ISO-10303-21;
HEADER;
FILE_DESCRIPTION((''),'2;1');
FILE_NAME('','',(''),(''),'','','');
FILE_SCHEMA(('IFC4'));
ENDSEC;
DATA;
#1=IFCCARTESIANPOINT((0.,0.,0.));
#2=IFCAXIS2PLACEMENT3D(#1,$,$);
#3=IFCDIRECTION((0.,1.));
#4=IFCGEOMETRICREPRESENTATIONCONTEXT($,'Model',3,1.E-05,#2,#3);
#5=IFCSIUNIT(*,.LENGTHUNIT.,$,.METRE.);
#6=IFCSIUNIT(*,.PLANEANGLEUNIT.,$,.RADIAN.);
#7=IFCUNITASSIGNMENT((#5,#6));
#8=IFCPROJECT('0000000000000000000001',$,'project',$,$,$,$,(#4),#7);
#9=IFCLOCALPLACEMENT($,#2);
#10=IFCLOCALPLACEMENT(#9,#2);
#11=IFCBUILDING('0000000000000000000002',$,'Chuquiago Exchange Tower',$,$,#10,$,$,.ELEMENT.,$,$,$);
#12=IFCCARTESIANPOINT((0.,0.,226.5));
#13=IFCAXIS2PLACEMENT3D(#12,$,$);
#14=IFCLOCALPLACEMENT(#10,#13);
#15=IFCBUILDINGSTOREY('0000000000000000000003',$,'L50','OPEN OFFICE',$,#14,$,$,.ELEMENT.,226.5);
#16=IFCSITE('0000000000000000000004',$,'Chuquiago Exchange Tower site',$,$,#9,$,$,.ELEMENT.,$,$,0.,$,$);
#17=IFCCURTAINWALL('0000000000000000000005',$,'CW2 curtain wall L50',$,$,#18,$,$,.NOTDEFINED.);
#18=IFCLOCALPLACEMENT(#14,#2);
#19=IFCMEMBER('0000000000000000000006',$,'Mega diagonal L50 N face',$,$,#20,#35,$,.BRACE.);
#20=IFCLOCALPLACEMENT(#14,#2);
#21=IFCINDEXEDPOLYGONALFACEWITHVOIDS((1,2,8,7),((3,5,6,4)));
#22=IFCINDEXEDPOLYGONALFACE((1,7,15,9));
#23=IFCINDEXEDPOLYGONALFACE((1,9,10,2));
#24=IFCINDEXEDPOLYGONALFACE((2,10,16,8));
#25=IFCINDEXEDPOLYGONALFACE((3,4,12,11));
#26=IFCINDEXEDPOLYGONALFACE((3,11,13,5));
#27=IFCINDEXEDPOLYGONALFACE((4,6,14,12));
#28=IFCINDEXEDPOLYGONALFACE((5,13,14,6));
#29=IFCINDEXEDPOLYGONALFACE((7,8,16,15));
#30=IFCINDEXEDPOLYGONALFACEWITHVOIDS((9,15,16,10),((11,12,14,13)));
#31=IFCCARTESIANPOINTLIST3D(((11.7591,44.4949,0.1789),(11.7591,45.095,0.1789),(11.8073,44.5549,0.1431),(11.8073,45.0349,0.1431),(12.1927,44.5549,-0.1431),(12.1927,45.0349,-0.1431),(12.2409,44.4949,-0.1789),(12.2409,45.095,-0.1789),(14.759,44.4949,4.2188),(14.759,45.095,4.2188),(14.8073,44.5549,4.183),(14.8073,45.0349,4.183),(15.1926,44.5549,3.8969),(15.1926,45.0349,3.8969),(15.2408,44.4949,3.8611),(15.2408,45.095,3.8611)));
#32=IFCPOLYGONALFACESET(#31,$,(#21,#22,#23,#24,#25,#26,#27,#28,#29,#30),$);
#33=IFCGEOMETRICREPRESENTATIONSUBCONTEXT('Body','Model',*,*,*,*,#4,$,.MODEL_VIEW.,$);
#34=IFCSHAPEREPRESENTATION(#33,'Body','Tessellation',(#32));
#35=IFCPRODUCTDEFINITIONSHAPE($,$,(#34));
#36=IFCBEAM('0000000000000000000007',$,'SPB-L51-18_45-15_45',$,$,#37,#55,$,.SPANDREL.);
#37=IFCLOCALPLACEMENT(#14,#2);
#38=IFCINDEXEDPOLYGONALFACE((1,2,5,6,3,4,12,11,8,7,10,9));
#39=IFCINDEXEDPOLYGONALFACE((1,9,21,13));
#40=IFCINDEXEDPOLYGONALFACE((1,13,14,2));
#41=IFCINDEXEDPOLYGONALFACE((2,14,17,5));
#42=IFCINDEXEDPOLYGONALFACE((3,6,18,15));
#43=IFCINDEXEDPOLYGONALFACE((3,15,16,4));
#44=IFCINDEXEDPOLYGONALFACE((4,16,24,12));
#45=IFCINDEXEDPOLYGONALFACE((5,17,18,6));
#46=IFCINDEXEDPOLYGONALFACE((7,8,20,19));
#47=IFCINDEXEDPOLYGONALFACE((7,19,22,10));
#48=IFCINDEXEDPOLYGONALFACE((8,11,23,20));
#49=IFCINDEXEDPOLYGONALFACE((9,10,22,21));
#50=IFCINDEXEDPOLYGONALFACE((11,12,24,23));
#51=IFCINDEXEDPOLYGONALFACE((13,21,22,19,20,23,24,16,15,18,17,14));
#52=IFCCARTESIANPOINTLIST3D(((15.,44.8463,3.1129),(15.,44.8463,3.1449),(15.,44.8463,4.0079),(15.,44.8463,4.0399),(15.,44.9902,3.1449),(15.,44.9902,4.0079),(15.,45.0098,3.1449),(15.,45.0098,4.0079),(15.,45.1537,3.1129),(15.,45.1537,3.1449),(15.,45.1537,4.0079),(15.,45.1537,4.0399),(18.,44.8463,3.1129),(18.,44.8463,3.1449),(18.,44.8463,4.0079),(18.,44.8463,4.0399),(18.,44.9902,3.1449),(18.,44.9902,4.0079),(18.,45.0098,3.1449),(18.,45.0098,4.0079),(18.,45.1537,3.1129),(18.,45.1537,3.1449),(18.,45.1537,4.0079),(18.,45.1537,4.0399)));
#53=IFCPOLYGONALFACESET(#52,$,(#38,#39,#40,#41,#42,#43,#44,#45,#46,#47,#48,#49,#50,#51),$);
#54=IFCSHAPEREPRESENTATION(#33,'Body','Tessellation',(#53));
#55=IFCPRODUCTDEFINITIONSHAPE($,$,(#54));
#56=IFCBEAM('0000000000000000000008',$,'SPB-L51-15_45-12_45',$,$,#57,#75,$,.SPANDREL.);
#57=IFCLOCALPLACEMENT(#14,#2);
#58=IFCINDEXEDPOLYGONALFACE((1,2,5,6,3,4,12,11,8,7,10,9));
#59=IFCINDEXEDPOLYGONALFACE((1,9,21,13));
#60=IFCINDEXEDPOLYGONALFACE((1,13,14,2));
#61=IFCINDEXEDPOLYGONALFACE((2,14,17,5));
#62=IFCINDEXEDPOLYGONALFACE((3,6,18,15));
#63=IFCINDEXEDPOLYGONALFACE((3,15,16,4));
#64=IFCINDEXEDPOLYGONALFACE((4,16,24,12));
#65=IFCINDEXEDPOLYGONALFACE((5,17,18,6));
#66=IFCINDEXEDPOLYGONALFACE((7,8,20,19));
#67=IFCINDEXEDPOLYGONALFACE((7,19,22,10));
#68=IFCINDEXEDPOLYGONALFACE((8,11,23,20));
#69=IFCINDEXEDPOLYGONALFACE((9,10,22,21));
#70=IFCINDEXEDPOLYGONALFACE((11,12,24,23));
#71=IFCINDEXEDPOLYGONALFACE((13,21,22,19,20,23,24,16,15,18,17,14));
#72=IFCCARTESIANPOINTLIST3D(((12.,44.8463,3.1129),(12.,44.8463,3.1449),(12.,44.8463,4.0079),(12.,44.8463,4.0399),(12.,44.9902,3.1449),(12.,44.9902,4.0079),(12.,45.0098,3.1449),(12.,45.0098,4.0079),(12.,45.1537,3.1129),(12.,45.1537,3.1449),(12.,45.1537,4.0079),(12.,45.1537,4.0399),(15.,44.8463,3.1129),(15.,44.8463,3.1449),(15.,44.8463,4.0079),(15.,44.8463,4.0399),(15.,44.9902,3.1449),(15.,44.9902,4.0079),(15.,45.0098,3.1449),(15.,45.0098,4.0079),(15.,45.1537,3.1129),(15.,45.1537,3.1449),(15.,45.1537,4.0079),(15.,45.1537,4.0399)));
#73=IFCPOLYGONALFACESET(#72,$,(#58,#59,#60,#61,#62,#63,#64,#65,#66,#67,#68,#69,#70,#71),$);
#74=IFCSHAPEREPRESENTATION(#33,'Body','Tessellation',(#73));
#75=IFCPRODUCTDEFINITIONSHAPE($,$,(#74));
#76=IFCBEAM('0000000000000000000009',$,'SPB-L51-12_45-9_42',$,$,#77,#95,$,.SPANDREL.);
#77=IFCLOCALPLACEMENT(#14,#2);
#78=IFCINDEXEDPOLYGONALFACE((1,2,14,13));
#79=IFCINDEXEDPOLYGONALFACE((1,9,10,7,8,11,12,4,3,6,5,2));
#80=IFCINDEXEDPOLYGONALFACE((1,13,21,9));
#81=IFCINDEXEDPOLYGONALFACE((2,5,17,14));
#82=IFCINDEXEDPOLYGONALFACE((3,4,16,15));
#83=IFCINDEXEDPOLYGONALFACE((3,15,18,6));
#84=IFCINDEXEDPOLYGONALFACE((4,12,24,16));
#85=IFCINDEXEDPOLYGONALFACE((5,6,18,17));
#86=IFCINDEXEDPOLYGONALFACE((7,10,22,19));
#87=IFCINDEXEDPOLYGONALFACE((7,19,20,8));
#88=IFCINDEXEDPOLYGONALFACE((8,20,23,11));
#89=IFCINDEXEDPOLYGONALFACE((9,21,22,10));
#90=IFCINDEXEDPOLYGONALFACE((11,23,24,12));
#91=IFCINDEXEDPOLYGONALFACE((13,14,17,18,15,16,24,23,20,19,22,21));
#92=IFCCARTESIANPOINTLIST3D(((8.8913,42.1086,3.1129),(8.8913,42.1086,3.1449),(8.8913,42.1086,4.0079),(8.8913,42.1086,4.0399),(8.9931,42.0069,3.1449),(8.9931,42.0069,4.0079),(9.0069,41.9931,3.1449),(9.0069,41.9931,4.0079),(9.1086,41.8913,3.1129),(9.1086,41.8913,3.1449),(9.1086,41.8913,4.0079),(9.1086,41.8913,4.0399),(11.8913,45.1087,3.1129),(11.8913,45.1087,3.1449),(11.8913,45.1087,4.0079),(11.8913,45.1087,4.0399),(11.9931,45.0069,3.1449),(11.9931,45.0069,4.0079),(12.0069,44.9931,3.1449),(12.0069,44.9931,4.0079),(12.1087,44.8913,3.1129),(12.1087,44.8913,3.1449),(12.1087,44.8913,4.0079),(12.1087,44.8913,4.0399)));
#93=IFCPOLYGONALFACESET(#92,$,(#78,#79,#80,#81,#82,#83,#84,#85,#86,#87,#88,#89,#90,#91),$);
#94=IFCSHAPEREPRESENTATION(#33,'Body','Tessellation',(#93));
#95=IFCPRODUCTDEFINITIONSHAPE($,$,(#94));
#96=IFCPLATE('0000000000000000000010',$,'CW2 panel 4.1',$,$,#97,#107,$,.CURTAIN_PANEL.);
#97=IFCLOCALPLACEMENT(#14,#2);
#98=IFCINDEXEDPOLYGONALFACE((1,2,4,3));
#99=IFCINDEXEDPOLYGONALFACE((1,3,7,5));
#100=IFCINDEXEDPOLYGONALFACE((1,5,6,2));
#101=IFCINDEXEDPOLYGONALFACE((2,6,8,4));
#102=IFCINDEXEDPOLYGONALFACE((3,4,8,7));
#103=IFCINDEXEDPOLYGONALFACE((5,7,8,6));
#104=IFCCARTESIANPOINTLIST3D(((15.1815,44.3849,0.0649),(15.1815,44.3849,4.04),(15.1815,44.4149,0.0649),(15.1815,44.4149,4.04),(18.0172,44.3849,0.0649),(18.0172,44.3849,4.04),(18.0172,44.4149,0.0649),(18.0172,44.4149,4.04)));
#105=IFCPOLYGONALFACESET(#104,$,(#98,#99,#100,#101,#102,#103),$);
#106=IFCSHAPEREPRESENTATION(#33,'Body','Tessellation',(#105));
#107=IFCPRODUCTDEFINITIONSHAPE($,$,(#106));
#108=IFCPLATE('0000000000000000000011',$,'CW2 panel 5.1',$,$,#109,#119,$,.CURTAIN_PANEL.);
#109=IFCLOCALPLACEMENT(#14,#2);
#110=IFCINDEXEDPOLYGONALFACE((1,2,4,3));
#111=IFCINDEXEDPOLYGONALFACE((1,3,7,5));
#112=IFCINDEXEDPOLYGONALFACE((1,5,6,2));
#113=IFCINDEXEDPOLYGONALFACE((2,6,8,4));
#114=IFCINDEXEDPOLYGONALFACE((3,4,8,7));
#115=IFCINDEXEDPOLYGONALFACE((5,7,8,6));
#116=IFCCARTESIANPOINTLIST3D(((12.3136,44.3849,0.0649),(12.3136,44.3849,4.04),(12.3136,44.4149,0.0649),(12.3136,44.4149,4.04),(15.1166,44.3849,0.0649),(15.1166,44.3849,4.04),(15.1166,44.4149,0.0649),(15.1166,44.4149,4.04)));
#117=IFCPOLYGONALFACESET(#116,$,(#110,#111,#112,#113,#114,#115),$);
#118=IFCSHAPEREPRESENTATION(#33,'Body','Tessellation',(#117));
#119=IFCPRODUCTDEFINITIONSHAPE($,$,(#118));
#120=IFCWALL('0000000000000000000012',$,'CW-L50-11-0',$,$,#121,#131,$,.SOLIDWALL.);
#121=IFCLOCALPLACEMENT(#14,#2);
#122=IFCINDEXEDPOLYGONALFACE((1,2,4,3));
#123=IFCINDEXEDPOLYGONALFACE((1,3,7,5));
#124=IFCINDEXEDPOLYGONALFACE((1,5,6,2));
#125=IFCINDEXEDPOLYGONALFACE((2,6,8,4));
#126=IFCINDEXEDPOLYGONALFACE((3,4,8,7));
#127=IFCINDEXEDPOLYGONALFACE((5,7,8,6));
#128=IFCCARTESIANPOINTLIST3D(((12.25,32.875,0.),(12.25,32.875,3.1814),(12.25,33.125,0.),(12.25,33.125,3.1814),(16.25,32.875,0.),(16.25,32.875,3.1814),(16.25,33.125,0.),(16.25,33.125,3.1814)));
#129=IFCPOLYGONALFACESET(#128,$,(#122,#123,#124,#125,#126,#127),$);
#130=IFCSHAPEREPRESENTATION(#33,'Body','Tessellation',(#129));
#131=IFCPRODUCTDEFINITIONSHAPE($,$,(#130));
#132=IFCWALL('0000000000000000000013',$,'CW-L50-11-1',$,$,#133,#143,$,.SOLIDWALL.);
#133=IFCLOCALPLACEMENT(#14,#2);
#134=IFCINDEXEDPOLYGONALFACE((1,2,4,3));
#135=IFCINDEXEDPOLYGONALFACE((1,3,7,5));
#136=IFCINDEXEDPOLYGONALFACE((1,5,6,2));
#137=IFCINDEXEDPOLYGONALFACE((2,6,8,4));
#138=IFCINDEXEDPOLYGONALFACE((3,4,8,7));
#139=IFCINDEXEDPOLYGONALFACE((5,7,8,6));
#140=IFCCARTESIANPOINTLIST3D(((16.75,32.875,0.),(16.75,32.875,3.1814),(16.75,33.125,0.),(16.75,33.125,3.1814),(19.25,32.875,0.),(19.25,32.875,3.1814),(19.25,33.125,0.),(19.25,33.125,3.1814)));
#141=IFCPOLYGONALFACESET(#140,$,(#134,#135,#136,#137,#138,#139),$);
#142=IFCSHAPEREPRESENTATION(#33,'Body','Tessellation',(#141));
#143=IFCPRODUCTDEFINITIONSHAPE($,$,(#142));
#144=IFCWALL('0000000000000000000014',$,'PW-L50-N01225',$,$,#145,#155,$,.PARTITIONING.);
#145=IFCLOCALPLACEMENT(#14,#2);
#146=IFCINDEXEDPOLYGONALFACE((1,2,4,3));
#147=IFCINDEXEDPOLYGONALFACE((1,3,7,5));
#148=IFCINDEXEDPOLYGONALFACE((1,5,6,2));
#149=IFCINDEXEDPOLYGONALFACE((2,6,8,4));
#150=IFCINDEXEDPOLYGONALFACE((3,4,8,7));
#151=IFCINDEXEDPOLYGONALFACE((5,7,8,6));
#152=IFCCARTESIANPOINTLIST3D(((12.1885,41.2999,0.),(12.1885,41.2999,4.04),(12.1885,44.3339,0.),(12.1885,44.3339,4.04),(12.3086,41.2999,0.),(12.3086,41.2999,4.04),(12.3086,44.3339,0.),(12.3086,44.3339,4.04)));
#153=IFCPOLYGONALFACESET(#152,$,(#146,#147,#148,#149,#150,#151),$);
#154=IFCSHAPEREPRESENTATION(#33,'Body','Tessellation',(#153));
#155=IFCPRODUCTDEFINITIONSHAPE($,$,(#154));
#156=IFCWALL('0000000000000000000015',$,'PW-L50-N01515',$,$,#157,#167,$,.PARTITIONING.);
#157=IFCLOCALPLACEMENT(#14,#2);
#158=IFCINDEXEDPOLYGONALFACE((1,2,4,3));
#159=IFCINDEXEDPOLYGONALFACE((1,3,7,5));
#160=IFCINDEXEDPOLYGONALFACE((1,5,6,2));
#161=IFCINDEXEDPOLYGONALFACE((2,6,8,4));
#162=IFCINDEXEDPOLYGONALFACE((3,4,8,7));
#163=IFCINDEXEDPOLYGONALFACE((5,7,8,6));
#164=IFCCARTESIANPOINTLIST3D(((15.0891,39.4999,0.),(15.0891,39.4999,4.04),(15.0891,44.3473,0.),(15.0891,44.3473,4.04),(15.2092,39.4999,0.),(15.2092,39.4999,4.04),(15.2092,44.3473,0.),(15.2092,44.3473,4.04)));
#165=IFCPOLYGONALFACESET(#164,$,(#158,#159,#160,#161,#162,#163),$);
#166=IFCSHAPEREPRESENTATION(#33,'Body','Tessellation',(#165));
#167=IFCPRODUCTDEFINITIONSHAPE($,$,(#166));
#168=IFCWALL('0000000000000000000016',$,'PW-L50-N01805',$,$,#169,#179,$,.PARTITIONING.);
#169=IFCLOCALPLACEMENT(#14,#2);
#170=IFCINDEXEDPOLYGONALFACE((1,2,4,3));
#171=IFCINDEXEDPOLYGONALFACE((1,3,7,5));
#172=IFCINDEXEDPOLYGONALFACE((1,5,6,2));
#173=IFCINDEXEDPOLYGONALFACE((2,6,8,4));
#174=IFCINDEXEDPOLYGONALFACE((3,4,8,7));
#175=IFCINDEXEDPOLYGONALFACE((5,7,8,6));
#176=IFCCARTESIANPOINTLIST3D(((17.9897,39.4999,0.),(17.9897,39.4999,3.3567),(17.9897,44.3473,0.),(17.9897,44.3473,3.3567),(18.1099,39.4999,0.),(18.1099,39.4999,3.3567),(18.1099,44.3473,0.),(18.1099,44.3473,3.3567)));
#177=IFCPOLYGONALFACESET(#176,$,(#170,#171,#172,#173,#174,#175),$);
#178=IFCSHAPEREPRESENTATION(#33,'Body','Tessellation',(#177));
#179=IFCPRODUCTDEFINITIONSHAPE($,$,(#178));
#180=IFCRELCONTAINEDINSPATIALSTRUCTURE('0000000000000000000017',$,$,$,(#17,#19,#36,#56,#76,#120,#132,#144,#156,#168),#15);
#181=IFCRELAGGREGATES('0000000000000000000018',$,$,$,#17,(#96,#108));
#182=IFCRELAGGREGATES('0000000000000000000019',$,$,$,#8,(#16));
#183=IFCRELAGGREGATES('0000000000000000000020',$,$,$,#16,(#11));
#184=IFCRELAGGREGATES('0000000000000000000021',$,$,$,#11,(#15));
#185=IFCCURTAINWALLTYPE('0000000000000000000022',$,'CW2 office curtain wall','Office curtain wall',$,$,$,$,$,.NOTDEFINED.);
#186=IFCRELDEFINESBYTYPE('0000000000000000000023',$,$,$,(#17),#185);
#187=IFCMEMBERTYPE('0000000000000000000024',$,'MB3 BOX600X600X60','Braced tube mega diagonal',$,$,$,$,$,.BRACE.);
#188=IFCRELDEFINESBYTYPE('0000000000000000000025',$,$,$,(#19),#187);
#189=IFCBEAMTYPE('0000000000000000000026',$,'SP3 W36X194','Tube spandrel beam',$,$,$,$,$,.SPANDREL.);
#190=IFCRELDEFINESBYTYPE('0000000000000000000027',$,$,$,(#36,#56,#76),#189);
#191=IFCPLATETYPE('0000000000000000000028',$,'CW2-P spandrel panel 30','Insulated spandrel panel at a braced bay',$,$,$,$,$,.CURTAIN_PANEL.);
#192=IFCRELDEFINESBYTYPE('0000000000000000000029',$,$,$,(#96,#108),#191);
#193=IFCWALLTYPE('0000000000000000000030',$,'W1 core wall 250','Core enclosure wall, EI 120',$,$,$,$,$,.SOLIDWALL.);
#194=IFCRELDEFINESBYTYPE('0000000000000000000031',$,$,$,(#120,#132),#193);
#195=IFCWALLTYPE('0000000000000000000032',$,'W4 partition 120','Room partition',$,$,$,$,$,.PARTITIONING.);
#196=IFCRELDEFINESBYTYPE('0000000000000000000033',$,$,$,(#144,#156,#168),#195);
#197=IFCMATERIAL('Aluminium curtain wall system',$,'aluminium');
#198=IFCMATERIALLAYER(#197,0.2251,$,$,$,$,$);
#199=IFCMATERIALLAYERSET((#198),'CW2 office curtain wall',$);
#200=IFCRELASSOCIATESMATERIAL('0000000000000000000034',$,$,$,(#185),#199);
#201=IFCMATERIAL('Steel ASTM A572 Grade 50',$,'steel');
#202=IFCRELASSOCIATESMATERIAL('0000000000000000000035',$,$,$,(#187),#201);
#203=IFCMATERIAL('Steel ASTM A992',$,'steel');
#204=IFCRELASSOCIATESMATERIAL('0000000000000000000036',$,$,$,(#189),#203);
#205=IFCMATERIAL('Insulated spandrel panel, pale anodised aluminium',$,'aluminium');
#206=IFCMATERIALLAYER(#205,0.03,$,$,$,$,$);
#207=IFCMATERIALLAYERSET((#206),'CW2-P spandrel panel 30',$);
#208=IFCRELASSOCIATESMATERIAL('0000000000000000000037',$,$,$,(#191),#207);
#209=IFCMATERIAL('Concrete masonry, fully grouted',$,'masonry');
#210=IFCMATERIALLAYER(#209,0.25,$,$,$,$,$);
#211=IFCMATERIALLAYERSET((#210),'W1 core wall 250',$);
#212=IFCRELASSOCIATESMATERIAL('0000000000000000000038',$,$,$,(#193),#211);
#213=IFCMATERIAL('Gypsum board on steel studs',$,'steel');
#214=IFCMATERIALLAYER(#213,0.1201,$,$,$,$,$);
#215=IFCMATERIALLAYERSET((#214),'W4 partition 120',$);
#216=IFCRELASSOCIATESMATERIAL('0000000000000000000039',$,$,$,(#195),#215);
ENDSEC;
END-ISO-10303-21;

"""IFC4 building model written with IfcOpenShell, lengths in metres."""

from ifc_helpers import new_model, si_unit, direction, frame, frame_2d, origin, origin_2d, place, context, subcontext, project, spatial, rectangle, hollow_rectangle, i_section, extrude, material, layer, layer_set, material_profile, profile_set, type_object, element, aggregate, save


model = new_model("IFC4")

# Units and contexts
model_context = context("Model", 3, precision=1e-05, world=origin(), true_north=direction((0.0, 1.0)))
body_context = subcontext(model_context, "Body", "Model", "MODEL_VIEW")
ifc_project = project(units=[si_unit("LENGTHUNIT", "METRE"), si_unit("PLANEANGLEUNIT", "RADIAN")], contexts=[model_context])

# Site, building, storey
site_placement = place(None, origin())
site = spatial("IfcSite", under=ifc_project, at=site_placement, Name="Chuquiago Exchange Tower site", CompositionType="ELEMENT", RefElevation=0.0)
building_placement = place(site_placement, origin())
building = spatial("IfcBuilding", under=site, at=building_placement, Name="Chuquiago Exchange Tower", CompositionType="ELEMENT")
storey_placement = place(building_placement, frame((0.0, 0.0, 226.5)))
storey = spatial("IfcBuildingStorey", under=building, at=storey_placement, Name="L50", Description="OPEN OFFICE", CompositionType="ELEMENT", Elevation=226.5)

# Curtain wall
ifc_material_1 = material(Name="Aluminium curtain wall system", Category="aluminium")
ifc_layer_1 = layer(ifc_material_1, 0.2251)
ifc_layer_set_1 = layer_set([ifc_layer_1], Name="CW2 office curtain wall")
curtain_wall_type_1 = type_object("IfcCurtainWallType", Name="CW2 office curtain wall", Description="Office curtain wall", PredefinedType="NOTDEFINED", material=ifc_layer_set_1)
curtain_wall_1_placement = place(storey_placement, origin())
curtain_wall_1 = element("IfcCurtainWall", 1, at=curtain_wall_1_placement, inside=storey, type_object=curtain_wall_type_1, Name="CW2 curtain wall L50", PredefinedType="NOTDEFINED")

# Member
ifc_material_2 = material(Name="Steel ASTM A572 Grade 50", Category="steel")
ifc_material_profile_1 = material_profile(ifc_material_2, hollow_rectangle(XDim=0.6001, YDim=0.6001, WallThickness=0.0601, at=origin_2d()), Name="BOX600X600X60")
ifc_profile_set_1 = profile_set([ifc_material_profile_1], Name="Steel ASTM A572 Grade 50")
member_type_1 = type_object("IfcMemberType", Name="MB3 BOX600X600X60", Description="Braced tube mega diagonal", PredefinedType="BRACE", material=ifc_profile_set_1)
for number, where, z_axis, x_axis, name in (
    (2, (12.0, 44.7949, 0.0), (0.596174, 0.0, 0.802855), (0.0, 1.0, 0.0), "Mega diagonal L50 N face"),
):
    element("IfcMember", number, at=place(storey_placement, frame(where, z_axis=z_axis, x_axis=x_axis)), inside=storey, type_object=member_type_1, Name=name, PredefinedType="BRACE", context=body_context, shape_type="SweptSolid", body=[
        extrude(hollow_rectangle(XDim=0.6001, YDim=0.6001, WallThickness=0.0601, at=origin_2d()), origin(), (0.0, 0.0, 1.0), 5.032),
    ])

# Beams
ifc_material_3 = material(Name="Steel ASTM A992", Category="steel")
ifc_material_profile_2 = material_profile(ifc_material_3, i_section(OverallWidth=0.3074, OverallDepth=0.927, WebThickness=0.0195, FlangeThickness=0.032, at=origin_2d()), Name="W36X194")
ifc_profile_set_2 = profile_set([ifc_material_profile_2], Name="Steel ASTM A992")
beam_type_1 = type_object("IfcBeamType", Name="SP3 W36X194", Description="Tube spandrel beam", PredefinedType="SPANDREL", material=ifc_profile_set_2)
for number, where, z_axis, x_axis, name in (
    (3, (18.0, 45.0, 3.5764), (-1.0, 0.0, 0.0), (0.0, -1.0, 0.0), "SPB-L51-18_45-15_45"),
    (4, (15.0, 45.0, 3.5764), (-1.0, 0.0, 0.0), (0.0, -1.0, 0.0), "SPB-L51-15_45-12_45"),
):
    element("IfcBeam", number, at=place(storey_placement, frame(where, z_axis=z_axis, x_axis=x_axis)), inside=storey, type_object=beam_type_1, Name=name, PredefinedType="SPANDREL", context=body_context, shape_type="SweptSolid", body=[
        extrude(i_section(OverallWidth=0.3074, OverallDepth=0.927, WebThickness=0.0195, FlangeThickness=0.032, at=origin_2d()), origin(), (0.0, 0.0, 1.0), 3.0),
    ])
beam_1_placement = place(storey_placement, frame((12.0, 45.0, 3.5764), z_axis=(-0.707107, -0.707107, 0.0), x_axis=(0.707107, -0.707107, 0.0)))
element("IfcBeam", 5, at=beam_1_placement, inside=storey, type_object=beam_type_1, Name="SPB-L51-12_45-9_42", PredefinedType="SPANDREL", context=body_context, shape_type="SweptSolid", body=[
    extrude(i_section(OverallWidth=0.3074, OverallDepth=0.927, WebThickness=0.0195, FlangeThickness=0.032, at=origin_2d()), origin(), (0.0, 0.0, 1.0), 4.2427),
])

# Plates
ifc_material_4 = material(Name="Insulated spandrel panel, pale anodised aluminium", Category="aluminium")
ifc_layer_2 = layer(ifc_material_4, 0.03)
ifc_layer_set_2 = layer_set([ifc_layer_2], Name="CW2-P spandrel panel 30")
plate_type = type_object("IfcPlateType", Name="CW2-P spandrel panel 30", Description="Insulated spandrel panel at a braced bay", PredefinedType="CURTAIN_PANEL", material=ifc_layer_set_2)
plate_1_placement = place(storey_placement, frame((16.5994, 44.3999, 0.0649), z_axis=(0.0, 0.0, 1.0), x_axis=(-1.0, 0.0, 0.0)))
plate_1 = element("IfcPlate", 6, at=plate_1_placement, type_object=plate_type, Name="CW2 panel 4.1", PredefinedType="CURTAIN_PANEL", context=body_context, shape_type="SweptSolid", body=[
    extrude(rectangle(XDim=2.8357, YDim=0.03, at=origin_2d()), origin(), (0.0, 0.0, 1.0), 3.9751),
])
plate_2_placement = place(storey_placement, frame((13.7151, 44.3999, 0.0649), z_axis=(0.0, 0.0, 1.0), x_axis=(-1.0, 0.0, 0.0)))
plate_2 = element("IfcPlate", 7, at=plate_2_placement, type_object=plate_type, Name="CW2 panel 5.1", PredefinedType="CURTAIN_PANEL", context=body_context, shape_type="SweptSolid", body=[
    extrude(rectangle(XDim=2.803, YDim=0.03, at=origin_2d()), origin(), (0.0, 0.0, 1.0), 3.9751),
])
aggregate(curtain_wall_1, [plate_1, plate_2])

# Walls
ifc_material_5 = material(Name="Concrete masonry, fully grouted", Category="masonry")
ifc_layer_3 = layer(ifc_material_5, 0.25)
ifc_layer_set_3 = layer_set([ifc_layer_3], Name="W1 core wall 250")
wall_type_1 = type_object("IfcWallType", Name="W1 core wall 250", Description="Core enclosure wall, EI 120", PredefinedType="SOLIDWALL", material=ifc_layer_set_3)
wall_1_placement = place(storey_placement, frame((12.25, 33.0, 0.0), z_axis=(0.0, 0.0, 1.0), x_axis=(1.0, 0.0, 0.0)))
element("IfcWall", 8, at=wall_1_placement, inside=storey, type_object=wall_type_1, Name="CW-L50-11-0", PredefinedType="SOLIDWALL", context=body_context, shape_type="SweptSolid", body=[
    extrude(rectangle(XDim=4.0, YDim=0.25, at=frame_2d((2.0, 0.0))), origin(), (0.0, 0.0, 1.0), 3.1814),
])
wall_2_placement = place(storey_placement, frame((16.75, 33.0, 0.0), z_axis=(0.0, 0.0, 1.0), x_axis=(1.0, 0.0, 0.0)))
element("IfcWall", 9, at=wall_2_placement, inside=storey, type_object=wall_type_1, Name="CW-L50-11-1", PredefinedType="SOLIDWALL", context=body_context, shape_type="SweptSolid", body=[
    extrude(rectangle(XDim=2.5, YDim=0.25, at=frame_2d((1.25, 0.0))), origin(), (0.0, 0.0, 1.0), 3.1814),
])
ifc_material_6 = material(Name="Gypsum board on steel studs", Category="steel")
ifc_layer_4 = layer(ifc_material_6, 0.1201)
ifc_layer_set_4 = layer_set([ifc_layer_4], Name="W4 partition 120")
wall_type_2 = type_object("IfcWallType", Name="W4 partition 120", Description="Room partition", PredefinedType="PARTITIONING", material=ifc_layer_set_4)
wall_3_placement = place(storey_placement, frame((12.2485, 44.334, 0.0), z_axis=(0.0, 0.0, 1.0), x_axis=(0.0, -1.0, 0.0)))
element("IfcWall", 10, at=wall_3_placement, inside=storey, type_object=wall_type_2, Name="PW-L50-N01225", PredefinedType="PARTITIONING", context=body_context, shape_type="SweptSolid", body=[
    extrude(rectangle(XDim=3.0339, YDim=0.1201, at=frame_2d((1.5171, 0.0))), origin(), (0.0, 0.0, 1.0), 4.04),
])
wall_4_placement = place(storey_placement, frame((15.1492, 44.3474, 0.0), z_axis=(0.0, 0.0, 1.0), x_axis=(0.0, -1.0, 0.0)))
element("IfcWall", 11, at=wall_4_placement, inside=storey, type_object=wall_type_2, Name="PW-L50-N01515", PredefinedType="PARTITIONING", context=body_context, shape_type="SweptSolid", body=[
    extrude(rectangle(XDim=4.8474, YDim=0.1201, at=frame_2d((2.4238, 0.0))), origin(), (0.0, 0.0, 1.0), 4.04),
])
wall_5_placement = place(storey_placement, frame((18.0498, 44.3474, 0.0), z_axis=(0.0, 0.0, 1.0), x_axis=(0.0, -1.0, 0.0)))
element("IfcWall", 12, at=wall_5_placement, inside=storey, type_object=wall_type_2, Name="PW-L50-N01805", PredefinedType="PARTITIONING", context=body_context, shape_type="SweptSolid", body=[
    extrude(rectangle(XDim=4.8474, YDim=0.1201, at=frame_2d((2.4238, 0.0))), origin(), (0.0, 0.0, 1.0), 3.3567),
])

save(model, "model.ifc")
